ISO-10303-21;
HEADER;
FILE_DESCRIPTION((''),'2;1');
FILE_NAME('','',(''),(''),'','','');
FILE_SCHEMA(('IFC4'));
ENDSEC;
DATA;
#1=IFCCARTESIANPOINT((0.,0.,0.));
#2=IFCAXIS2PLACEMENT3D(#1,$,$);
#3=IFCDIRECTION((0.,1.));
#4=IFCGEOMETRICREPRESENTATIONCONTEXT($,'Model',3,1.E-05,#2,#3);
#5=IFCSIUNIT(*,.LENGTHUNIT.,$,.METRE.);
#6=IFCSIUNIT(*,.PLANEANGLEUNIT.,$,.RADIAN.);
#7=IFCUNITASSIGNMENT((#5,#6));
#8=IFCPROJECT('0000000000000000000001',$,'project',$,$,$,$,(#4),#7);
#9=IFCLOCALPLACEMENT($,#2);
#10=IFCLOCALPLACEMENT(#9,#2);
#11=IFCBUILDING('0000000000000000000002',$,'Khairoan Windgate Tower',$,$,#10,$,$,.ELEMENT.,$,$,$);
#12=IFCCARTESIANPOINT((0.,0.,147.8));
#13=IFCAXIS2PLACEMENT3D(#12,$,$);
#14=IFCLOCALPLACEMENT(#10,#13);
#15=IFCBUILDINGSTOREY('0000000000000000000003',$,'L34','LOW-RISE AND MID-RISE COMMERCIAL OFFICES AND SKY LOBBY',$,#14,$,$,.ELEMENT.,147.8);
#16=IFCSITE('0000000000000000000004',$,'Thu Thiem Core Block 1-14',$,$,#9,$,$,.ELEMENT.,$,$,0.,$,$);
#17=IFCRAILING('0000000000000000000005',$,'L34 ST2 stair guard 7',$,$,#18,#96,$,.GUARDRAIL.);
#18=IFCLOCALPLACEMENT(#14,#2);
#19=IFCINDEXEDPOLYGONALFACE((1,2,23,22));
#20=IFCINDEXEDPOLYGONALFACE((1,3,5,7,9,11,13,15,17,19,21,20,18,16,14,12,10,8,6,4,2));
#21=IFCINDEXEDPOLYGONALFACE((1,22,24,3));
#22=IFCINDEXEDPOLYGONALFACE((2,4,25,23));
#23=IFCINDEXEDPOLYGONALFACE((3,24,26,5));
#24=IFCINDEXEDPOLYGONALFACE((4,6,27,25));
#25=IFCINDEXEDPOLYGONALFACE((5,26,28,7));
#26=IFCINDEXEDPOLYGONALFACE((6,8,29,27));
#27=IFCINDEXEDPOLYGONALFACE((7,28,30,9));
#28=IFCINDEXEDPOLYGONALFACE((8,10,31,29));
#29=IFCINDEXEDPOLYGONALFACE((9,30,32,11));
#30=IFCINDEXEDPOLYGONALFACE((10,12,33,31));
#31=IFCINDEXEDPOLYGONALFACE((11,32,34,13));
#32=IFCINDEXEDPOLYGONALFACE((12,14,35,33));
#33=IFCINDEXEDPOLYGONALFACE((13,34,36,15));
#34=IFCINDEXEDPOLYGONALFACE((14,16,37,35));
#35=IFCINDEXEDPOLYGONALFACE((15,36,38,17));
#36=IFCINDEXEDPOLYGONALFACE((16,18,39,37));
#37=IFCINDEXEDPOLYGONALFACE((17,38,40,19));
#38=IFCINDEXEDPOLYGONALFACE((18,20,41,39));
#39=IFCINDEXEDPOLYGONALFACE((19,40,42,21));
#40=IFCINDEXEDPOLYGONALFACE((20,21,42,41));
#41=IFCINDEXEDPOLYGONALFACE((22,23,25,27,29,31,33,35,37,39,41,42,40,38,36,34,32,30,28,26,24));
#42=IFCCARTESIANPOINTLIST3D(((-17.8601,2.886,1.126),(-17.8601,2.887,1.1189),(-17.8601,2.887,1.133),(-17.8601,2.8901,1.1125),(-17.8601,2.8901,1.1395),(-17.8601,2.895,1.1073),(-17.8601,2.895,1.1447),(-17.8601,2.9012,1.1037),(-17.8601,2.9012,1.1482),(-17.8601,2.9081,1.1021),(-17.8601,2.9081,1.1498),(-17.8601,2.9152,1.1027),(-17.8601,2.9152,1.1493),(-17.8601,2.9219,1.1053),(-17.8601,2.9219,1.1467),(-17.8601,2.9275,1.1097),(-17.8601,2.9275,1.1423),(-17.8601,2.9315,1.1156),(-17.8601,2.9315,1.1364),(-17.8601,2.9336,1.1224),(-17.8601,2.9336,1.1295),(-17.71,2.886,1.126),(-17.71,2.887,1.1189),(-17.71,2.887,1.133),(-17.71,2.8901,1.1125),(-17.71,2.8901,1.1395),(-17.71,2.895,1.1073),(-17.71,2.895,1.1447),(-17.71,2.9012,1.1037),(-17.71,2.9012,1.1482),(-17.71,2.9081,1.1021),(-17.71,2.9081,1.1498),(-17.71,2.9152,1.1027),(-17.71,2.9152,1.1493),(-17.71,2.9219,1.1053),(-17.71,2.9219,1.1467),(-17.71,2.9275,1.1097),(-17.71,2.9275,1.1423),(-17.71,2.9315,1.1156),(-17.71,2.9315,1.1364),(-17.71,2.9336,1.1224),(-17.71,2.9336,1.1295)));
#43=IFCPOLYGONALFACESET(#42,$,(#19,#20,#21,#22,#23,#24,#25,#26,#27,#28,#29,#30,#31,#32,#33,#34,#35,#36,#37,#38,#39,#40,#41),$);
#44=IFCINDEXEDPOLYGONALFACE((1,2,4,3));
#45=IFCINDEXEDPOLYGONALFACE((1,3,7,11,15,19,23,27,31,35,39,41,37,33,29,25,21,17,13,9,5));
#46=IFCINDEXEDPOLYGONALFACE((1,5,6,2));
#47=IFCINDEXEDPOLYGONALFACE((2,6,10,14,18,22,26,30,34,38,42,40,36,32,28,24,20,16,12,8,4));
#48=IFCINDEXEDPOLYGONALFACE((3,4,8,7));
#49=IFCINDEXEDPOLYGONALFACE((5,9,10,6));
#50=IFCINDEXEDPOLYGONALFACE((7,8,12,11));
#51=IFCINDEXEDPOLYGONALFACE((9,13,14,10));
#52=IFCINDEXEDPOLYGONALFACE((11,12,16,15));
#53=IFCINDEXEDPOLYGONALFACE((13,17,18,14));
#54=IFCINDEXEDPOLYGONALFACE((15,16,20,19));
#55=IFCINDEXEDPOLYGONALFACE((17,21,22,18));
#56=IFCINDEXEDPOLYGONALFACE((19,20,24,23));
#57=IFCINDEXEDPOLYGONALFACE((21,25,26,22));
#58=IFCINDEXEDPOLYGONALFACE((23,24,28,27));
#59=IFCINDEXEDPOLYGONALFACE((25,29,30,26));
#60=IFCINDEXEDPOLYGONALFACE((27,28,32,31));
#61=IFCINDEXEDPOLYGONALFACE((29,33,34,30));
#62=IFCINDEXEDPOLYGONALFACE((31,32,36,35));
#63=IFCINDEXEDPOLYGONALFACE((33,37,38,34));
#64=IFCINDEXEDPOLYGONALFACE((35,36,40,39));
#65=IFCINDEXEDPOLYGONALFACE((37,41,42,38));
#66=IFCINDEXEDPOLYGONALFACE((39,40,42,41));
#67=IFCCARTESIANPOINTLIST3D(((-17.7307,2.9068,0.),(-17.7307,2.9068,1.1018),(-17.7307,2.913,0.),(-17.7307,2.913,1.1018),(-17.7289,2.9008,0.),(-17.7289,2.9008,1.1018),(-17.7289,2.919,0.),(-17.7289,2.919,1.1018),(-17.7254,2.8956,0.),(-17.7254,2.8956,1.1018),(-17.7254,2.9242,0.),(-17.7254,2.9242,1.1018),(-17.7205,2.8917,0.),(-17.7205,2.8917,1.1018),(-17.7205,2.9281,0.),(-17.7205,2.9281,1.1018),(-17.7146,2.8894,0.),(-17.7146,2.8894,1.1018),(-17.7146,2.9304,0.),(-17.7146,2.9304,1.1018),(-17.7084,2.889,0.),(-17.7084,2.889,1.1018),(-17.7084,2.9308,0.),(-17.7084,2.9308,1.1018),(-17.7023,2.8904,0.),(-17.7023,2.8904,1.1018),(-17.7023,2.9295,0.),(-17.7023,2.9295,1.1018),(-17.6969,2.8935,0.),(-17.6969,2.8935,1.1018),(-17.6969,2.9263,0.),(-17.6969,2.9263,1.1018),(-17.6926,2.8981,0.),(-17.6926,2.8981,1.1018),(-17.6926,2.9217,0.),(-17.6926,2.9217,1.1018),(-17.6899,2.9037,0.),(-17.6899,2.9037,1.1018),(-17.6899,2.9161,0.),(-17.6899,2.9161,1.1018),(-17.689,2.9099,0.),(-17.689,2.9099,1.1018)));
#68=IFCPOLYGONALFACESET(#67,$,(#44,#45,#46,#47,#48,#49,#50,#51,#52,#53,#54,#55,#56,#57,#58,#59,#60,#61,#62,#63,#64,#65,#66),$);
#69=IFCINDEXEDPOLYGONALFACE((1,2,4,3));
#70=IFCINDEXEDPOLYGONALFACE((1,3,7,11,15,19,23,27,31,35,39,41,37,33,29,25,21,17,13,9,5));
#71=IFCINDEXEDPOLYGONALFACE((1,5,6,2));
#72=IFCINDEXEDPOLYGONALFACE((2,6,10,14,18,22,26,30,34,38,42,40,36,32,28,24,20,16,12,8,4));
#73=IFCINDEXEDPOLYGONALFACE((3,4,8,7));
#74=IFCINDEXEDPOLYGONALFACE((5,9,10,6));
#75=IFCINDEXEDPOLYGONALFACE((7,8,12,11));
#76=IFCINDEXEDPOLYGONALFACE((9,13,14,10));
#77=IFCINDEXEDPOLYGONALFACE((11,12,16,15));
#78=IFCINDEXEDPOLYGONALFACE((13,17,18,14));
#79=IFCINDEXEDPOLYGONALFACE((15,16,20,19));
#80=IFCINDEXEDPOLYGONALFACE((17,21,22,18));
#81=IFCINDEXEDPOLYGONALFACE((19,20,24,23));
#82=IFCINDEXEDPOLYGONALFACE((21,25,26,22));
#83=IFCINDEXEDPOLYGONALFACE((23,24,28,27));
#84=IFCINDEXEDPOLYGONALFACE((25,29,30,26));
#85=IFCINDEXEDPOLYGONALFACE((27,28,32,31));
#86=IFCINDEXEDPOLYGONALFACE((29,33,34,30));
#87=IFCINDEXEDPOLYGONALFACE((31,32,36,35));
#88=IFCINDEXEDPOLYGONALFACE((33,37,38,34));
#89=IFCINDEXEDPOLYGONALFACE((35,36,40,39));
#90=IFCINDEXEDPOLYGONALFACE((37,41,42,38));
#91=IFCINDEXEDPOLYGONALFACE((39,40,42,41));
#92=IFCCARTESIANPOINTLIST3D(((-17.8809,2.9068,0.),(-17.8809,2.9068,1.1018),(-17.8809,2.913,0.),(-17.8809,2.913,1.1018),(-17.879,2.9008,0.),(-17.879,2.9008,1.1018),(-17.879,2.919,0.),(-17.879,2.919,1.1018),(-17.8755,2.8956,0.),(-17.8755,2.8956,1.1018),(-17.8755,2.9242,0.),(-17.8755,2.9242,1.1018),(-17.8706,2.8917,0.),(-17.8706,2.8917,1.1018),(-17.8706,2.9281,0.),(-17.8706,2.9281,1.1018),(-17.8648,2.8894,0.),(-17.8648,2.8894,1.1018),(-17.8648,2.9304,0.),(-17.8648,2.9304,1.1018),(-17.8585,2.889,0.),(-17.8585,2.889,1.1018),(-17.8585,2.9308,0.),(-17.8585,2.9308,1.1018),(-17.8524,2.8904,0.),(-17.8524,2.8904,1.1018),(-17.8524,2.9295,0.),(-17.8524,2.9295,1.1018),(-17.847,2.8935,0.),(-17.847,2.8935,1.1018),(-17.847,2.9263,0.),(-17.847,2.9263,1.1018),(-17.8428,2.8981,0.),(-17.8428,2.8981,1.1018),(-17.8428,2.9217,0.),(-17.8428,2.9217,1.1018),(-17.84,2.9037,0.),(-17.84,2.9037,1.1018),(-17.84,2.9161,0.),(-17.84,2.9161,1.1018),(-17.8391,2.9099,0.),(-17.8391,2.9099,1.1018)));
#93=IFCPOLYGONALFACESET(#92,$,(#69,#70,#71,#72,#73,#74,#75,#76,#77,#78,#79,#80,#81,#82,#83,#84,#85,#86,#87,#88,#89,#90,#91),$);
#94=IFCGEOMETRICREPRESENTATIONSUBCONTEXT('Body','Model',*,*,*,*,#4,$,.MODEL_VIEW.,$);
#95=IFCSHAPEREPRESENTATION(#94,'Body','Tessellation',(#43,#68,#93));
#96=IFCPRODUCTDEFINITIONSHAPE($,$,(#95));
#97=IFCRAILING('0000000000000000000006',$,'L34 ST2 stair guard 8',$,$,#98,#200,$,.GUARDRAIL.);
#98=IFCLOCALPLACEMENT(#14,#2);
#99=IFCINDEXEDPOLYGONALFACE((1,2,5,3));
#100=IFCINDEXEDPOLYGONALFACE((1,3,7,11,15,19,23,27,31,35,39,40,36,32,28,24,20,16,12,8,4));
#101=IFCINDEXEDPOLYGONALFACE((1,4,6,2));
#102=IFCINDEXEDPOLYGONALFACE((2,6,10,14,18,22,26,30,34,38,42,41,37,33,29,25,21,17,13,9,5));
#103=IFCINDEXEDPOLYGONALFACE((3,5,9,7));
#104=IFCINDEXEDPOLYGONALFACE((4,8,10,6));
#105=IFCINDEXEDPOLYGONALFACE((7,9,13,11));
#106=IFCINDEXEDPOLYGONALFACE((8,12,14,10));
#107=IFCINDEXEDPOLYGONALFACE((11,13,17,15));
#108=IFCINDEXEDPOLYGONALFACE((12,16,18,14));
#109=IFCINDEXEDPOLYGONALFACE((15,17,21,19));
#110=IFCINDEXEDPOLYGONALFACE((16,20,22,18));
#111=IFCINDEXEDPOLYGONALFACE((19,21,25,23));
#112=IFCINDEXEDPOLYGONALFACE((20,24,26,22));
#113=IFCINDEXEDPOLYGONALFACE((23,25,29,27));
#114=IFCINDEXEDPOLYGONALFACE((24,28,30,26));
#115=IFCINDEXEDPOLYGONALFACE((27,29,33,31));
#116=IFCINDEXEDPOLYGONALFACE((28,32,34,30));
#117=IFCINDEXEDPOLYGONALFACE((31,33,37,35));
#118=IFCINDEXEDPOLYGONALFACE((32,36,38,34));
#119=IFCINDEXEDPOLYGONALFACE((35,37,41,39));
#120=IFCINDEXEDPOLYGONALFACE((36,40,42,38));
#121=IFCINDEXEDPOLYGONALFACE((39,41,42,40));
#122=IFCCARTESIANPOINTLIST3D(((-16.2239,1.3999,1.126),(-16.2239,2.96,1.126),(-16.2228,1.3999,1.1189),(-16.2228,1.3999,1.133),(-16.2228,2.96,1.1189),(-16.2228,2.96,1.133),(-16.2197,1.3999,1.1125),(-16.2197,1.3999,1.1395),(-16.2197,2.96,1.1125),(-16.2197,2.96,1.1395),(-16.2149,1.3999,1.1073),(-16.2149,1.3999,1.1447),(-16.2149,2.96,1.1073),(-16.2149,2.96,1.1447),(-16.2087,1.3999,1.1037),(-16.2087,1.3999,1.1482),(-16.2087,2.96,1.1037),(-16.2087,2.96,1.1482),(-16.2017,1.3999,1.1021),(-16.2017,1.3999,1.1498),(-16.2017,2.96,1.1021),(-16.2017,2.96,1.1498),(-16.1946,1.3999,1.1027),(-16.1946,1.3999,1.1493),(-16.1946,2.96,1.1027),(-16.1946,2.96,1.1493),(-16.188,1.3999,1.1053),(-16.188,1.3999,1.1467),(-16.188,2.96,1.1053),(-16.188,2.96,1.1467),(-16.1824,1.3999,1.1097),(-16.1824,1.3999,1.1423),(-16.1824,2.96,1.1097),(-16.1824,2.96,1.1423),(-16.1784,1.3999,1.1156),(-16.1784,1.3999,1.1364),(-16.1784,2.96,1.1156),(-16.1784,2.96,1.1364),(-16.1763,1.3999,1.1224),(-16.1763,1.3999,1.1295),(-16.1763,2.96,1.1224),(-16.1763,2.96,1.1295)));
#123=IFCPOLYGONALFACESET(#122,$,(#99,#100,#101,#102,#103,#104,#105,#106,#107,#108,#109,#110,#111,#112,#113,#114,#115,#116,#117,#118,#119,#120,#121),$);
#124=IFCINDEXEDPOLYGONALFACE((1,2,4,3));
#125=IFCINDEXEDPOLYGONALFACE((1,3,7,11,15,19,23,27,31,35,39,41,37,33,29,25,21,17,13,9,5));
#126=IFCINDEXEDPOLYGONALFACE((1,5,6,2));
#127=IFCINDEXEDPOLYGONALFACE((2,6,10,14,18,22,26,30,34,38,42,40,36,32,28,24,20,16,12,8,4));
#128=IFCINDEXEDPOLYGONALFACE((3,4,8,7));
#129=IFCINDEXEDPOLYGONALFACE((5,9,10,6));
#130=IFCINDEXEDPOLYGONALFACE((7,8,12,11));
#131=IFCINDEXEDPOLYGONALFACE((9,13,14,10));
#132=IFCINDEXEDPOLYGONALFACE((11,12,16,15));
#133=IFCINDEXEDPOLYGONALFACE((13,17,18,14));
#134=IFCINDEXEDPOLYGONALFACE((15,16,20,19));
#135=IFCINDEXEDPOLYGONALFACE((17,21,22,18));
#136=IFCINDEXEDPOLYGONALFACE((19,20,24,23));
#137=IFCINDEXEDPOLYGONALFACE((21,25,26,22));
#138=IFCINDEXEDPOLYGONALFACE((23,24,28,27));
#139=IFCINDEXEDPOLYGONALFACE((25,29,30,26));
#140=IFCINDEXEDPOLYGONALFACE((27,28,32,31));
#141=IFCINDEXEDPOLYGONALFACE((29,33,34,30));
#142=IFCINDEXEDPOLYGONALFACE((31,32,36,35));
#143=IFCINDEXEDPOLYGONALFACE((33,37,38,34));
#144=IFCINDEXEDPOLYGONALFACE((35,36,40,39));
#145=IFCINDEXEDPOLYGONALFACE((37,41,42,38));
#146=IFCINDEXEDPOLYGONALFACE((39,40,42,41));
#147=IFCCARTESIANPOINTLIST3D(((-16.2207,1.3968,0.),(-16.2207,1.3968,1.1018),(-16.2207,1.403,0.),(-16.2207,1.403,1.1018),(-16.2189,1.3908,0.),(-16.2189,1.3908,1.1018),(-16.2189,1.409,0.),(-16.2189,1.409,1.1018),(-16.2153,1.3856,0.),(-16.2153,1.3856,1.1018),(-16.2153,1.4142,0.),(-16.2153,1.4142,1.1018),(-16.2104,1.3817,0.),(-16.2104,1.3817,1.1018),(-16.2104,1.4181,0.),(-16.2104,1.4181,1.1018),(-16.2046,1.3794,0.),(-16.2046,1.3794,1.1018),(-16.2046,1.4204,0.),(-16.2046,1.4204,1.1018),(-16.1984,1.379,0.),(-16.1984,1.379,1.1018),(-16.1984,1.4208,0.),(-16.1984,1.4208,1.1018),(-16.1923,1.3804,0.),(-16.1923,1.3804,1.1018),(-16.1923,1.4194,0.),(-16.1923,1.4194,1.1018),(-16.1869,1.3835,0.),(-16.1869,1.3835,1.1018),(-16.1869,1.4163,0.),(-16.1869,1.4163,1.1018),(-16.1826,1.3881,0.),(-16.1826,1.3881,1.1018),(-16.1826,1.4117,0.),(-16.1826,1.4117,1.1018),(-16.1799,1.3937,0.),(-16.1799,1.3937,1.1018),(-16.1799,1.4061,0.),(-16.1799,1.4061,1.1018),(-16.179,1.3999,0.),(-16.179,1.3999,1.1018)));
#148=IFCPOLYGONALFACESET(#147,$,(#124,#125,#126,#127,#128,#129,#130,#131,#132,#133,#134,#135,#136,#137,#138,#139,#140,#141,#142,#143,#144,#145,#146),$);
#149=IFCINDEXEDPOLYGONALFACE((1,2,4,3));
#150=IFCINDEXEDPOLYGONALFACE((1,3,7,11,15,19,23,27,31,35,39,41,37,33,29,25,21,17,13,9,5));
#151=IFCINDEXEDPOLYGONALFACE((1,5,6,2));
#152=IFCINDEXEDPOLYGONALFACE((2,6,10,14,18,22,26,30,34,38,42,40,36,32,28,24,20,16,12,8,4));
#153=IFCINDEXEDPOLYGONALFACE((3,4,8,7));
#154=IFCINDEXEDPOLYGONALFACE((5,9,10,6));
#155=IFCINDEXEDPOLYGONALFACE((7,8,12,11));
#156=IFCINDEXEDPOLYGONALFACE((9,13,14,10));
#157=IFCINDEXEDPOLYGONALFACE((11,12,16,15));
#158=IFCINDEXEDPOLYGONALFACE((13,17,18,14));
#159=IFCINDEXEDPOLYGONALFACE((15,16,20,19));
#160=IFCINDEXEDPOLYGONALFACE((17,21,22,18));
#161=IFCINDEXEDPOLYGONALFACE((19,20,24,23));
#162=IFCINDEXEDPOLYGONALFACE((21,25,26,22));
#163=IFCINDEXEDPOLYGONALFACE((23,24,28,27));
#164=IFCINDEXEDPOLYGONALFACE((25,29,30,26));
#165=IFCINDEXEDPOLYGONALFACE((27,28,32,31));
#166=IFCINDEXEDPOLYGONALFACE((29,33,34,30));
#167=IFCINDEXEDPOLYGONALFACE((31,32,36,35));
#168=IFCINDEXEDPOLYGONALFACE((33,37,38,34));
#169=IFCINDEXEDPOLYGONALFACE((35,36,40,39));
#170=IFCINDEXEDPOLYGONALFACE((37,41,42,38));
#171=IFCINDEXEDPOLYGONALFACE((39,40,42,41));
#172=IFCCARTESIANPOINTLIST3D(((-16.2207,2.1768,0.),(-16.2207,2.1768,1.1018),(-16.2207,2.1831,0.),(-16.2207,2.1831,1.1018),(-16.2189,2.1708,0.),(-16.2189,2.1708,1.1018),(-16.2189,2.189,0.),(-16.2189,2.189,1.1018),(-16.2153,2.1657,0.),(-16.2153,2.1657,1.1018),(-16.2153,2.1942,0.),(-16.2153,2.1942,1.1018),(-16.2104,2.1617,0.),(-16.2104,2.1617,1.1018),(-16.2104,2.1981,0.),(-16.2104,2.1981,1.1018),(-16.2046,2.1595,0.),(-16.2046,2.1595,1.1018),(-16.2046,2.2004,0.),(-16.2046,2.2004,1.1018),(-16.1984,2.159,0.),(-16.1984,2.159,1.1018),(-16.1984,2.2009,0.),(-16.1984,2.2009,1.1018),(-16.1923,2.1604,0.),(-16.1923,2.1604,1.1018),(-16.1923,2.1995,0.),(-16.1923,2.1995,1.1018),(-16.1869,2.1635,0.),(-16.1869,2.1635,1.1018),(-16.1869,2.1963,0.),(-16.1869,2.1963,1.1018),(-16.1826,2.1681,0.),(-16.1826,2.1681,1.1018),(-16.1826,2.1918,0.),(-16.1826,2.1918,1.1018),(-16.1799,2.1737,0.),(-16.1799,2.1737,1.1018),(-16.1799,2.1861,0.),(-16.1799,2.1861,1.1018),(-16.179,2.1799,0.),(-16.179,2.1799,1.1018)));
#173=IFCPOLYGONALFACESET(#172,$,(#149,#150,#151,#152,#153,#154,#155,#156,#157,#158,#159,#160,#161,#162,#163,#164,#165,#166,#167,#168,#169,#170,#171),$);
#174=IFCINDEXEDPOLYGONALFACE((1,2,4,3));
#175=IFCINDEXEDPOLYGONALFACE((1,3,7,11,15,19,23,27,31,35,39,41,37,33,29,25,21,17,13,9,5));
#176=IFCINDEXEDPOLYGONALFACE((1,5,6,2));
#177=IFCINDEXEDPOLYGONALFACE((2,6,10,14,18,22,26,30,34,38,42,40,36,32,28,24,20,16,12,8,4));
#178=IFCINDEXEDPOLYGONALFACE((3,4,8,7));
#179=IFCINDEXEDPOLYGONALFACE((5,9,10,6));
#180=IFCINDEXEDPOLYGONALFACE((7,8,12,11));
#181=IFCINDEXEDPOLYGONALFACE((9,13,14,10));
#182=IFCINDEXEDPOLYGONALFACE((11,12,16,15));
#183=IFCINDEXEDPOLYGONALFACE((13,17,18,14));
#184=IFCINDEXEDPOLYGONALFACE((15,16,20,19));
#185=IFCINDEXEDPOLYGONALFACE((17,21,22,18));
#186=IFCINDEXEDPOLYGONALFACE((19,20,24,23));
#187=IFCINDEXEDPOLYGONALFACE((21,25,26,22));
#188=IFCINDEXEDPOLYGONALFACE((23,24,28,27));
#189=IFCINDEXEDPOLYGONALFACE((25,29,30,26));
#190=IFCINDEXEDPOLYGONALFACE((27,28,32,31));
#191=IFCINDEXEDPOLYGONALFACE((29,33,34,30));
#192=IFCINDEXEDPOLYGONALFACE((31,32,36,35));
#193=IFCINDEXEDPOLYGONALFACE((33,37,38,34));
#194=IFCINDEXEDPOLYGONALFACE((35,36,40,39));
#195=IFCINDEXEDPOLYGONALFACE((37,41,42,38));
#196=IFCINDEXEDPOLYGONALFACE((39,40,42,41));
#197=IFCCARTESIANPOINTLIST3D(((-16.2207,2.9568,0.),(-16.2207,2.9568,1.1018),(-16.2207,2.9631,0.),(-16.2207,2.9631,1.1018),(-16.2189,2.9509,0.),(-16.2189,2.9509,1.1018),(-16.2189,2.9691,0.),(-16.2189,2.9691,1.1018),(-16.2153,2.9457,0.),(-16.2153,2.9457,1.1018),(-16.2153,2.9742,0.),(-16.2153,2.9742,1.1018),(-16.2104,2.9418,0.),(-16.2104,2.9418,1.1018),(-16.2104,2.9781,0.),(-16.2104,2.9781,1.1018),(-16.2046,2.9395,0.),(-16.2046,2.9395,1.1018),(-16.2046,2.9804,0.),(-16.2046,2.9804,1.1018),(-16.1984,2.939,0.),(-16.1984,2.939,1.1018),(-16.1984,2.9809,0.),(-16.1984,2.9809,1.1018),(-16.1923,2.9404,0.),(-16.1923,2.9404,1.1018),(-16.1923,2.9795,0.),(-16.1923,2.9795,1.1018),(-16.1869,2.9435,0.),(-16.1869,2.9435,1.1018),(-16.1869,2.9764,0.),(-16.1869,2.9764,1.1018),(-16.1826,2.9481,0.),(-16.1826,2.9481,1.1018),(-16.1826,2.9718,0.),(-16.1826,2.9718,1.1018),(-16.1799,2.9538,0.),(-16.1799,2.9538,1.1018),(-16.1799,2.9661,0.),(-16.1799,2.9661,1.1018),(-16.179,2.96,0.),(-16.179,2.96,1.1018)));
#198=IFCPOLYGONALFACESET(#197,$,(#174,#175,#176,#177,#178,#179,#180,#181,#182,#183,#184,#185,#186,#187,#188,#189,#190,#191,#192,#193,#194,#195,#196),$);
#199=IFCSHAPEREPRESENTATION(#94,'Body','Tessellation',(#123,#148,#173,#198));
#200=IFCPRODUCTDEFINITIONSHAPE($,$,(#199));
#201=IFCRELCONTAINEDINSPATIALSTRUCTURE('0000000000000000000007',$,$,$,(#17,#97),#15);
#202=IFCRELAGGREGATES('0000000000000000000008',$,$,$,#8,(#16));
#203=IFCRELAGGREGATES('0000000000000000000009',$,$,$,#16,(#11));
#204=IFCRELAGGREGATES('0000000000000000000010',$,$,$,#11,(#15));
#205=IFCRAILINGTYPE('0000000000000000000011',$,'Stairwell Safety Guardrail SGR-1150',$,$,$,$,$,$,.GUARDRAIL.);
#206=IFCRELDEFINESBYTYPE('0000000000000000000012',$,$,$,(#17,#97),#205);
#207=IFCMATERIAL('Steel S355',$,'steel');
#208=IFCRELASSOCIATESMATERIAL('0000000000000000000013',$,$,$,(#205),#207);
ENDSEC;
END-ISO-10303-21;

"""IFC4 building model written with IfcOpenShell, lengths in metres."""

from ifc_helpers import new_model, si_unit, direction, frame, origin, origin_2d, place, context, subcontext, project, spatial, circle, extrude, material, type_object, element, save


model = new_model("IFC4")

# Units and contexts
model_context = context("Model", 3, precision=1e-05, world=origin(), true_north=direction((0.0, 1.0)))
body_context = subcontext(model_context, "Body", "Model", "MODEL_VIEW")
ifc_project = project(units=[si_unit("LENGTHUNIT", "METRE"), si_unit("PLANEANGLEUNIT", "RADIAN")], contexts=[model_context])

# Site, building, storey
site_placement = place(None, origin())
site = spatial("IfcSite", under=ifc_project, at=site_placement, Name="Thu Thiem Core Block 1-14", CompositionType="ELEMENT", RefElevation=0.0)
building_placement = place(site_placement, origin())
building = spatial("IfcBuilding", under=site, at=building_placement, Name="Khairoan Windgate Tower", CompositionType="ELEMENT")
storey_placement = place(building_placement, frame((0.0, 0.0, 147.8)))
storey = spatial("IfcBuildingStorey", under=building, at=storey_placement, Name="L34", Description="LOW-RISE AND MID-RISE COMMERCIAL OFFICES AND SKY LOBBY", CompositionType="ELEMENT", Elevation=147.8)

# Railings
ifc_material_1 = material(Name="Steel S355", Category="steel")
railing_type_1 = type_object("IfcRailingType", Name="Stairwell Safety Guardrail SGR-1150", PredefinedType="GUARDRAIL", material=ifc_material_1)
railing_1_placement = place(storey_placement, frame((-17.71, 2.9099, 0.0)))
element("IfcRailing", 1, at=railing_1_placement, inside=storey, type_object=railing_type_1, Name="L34 ST2 stair guard 7", PredefinedType="GUARDRAIL", context=body_context, shape_type="SweptSolid", body=[
    extrude(circle(Radius=0.0239, at=origin_2d()), frame((0.0, 0.0, 1.126), z_axis=(-1.0, 0.0, 0.0), x_axis=(0.0, -1.0, 0.0)), (0.0, 0.0, 1.0), 0.1501),
    extrude(circle(Radius=0.021, at=origin_2d()), origin(), (0.0, 0.0, 1.0), 1.1018),
    extrude(circle(Radius=0.021, at=origin_2d()), frame((-0.1501, 0.0, 0.0)), (0.0, 0.0, 1.0), 1.1018),
])
for number, where, name in (
    (2, (-16.2, 1.3999, 0.0), "L34 ST2 stair guard 8"),
):
    element("IfcRailing", number, at=place(storey_placement, frame(where)), inside=storey, type_object=railing_type_1, Name=name, PredefinedType="GUARDRAIL", context=body_context, shape_type="SweptSolid", body=[
        extrude(circle(Radius=0.0239, at=origin_2d()), frame((0.0, 0.0, 1.126), z_axis=(0.0, 1.0, 0.0), x_axis=(-1.0, 0.0, 0.0)), (0.0, 0.0, 1.0), 1.5601),
        extrude(circle(Radius=0.021, at=origin_2d()), origin(), (0.0, 0.0, 1.0), 1.1018),
        extrude(circle(Radius=0.021, at=origin_2d()), frame((0.0, 0.78, 0.0)), (0.0, 0.0, 1.0), 1.1018),
        extrude(circle(Radius=0.021, at=origin_2d()), frame((0.0, 1.5601, 0.0)), (0.0, 0.0, 1.0), 1.1018),
    ])

save(model, "model.ifc")
